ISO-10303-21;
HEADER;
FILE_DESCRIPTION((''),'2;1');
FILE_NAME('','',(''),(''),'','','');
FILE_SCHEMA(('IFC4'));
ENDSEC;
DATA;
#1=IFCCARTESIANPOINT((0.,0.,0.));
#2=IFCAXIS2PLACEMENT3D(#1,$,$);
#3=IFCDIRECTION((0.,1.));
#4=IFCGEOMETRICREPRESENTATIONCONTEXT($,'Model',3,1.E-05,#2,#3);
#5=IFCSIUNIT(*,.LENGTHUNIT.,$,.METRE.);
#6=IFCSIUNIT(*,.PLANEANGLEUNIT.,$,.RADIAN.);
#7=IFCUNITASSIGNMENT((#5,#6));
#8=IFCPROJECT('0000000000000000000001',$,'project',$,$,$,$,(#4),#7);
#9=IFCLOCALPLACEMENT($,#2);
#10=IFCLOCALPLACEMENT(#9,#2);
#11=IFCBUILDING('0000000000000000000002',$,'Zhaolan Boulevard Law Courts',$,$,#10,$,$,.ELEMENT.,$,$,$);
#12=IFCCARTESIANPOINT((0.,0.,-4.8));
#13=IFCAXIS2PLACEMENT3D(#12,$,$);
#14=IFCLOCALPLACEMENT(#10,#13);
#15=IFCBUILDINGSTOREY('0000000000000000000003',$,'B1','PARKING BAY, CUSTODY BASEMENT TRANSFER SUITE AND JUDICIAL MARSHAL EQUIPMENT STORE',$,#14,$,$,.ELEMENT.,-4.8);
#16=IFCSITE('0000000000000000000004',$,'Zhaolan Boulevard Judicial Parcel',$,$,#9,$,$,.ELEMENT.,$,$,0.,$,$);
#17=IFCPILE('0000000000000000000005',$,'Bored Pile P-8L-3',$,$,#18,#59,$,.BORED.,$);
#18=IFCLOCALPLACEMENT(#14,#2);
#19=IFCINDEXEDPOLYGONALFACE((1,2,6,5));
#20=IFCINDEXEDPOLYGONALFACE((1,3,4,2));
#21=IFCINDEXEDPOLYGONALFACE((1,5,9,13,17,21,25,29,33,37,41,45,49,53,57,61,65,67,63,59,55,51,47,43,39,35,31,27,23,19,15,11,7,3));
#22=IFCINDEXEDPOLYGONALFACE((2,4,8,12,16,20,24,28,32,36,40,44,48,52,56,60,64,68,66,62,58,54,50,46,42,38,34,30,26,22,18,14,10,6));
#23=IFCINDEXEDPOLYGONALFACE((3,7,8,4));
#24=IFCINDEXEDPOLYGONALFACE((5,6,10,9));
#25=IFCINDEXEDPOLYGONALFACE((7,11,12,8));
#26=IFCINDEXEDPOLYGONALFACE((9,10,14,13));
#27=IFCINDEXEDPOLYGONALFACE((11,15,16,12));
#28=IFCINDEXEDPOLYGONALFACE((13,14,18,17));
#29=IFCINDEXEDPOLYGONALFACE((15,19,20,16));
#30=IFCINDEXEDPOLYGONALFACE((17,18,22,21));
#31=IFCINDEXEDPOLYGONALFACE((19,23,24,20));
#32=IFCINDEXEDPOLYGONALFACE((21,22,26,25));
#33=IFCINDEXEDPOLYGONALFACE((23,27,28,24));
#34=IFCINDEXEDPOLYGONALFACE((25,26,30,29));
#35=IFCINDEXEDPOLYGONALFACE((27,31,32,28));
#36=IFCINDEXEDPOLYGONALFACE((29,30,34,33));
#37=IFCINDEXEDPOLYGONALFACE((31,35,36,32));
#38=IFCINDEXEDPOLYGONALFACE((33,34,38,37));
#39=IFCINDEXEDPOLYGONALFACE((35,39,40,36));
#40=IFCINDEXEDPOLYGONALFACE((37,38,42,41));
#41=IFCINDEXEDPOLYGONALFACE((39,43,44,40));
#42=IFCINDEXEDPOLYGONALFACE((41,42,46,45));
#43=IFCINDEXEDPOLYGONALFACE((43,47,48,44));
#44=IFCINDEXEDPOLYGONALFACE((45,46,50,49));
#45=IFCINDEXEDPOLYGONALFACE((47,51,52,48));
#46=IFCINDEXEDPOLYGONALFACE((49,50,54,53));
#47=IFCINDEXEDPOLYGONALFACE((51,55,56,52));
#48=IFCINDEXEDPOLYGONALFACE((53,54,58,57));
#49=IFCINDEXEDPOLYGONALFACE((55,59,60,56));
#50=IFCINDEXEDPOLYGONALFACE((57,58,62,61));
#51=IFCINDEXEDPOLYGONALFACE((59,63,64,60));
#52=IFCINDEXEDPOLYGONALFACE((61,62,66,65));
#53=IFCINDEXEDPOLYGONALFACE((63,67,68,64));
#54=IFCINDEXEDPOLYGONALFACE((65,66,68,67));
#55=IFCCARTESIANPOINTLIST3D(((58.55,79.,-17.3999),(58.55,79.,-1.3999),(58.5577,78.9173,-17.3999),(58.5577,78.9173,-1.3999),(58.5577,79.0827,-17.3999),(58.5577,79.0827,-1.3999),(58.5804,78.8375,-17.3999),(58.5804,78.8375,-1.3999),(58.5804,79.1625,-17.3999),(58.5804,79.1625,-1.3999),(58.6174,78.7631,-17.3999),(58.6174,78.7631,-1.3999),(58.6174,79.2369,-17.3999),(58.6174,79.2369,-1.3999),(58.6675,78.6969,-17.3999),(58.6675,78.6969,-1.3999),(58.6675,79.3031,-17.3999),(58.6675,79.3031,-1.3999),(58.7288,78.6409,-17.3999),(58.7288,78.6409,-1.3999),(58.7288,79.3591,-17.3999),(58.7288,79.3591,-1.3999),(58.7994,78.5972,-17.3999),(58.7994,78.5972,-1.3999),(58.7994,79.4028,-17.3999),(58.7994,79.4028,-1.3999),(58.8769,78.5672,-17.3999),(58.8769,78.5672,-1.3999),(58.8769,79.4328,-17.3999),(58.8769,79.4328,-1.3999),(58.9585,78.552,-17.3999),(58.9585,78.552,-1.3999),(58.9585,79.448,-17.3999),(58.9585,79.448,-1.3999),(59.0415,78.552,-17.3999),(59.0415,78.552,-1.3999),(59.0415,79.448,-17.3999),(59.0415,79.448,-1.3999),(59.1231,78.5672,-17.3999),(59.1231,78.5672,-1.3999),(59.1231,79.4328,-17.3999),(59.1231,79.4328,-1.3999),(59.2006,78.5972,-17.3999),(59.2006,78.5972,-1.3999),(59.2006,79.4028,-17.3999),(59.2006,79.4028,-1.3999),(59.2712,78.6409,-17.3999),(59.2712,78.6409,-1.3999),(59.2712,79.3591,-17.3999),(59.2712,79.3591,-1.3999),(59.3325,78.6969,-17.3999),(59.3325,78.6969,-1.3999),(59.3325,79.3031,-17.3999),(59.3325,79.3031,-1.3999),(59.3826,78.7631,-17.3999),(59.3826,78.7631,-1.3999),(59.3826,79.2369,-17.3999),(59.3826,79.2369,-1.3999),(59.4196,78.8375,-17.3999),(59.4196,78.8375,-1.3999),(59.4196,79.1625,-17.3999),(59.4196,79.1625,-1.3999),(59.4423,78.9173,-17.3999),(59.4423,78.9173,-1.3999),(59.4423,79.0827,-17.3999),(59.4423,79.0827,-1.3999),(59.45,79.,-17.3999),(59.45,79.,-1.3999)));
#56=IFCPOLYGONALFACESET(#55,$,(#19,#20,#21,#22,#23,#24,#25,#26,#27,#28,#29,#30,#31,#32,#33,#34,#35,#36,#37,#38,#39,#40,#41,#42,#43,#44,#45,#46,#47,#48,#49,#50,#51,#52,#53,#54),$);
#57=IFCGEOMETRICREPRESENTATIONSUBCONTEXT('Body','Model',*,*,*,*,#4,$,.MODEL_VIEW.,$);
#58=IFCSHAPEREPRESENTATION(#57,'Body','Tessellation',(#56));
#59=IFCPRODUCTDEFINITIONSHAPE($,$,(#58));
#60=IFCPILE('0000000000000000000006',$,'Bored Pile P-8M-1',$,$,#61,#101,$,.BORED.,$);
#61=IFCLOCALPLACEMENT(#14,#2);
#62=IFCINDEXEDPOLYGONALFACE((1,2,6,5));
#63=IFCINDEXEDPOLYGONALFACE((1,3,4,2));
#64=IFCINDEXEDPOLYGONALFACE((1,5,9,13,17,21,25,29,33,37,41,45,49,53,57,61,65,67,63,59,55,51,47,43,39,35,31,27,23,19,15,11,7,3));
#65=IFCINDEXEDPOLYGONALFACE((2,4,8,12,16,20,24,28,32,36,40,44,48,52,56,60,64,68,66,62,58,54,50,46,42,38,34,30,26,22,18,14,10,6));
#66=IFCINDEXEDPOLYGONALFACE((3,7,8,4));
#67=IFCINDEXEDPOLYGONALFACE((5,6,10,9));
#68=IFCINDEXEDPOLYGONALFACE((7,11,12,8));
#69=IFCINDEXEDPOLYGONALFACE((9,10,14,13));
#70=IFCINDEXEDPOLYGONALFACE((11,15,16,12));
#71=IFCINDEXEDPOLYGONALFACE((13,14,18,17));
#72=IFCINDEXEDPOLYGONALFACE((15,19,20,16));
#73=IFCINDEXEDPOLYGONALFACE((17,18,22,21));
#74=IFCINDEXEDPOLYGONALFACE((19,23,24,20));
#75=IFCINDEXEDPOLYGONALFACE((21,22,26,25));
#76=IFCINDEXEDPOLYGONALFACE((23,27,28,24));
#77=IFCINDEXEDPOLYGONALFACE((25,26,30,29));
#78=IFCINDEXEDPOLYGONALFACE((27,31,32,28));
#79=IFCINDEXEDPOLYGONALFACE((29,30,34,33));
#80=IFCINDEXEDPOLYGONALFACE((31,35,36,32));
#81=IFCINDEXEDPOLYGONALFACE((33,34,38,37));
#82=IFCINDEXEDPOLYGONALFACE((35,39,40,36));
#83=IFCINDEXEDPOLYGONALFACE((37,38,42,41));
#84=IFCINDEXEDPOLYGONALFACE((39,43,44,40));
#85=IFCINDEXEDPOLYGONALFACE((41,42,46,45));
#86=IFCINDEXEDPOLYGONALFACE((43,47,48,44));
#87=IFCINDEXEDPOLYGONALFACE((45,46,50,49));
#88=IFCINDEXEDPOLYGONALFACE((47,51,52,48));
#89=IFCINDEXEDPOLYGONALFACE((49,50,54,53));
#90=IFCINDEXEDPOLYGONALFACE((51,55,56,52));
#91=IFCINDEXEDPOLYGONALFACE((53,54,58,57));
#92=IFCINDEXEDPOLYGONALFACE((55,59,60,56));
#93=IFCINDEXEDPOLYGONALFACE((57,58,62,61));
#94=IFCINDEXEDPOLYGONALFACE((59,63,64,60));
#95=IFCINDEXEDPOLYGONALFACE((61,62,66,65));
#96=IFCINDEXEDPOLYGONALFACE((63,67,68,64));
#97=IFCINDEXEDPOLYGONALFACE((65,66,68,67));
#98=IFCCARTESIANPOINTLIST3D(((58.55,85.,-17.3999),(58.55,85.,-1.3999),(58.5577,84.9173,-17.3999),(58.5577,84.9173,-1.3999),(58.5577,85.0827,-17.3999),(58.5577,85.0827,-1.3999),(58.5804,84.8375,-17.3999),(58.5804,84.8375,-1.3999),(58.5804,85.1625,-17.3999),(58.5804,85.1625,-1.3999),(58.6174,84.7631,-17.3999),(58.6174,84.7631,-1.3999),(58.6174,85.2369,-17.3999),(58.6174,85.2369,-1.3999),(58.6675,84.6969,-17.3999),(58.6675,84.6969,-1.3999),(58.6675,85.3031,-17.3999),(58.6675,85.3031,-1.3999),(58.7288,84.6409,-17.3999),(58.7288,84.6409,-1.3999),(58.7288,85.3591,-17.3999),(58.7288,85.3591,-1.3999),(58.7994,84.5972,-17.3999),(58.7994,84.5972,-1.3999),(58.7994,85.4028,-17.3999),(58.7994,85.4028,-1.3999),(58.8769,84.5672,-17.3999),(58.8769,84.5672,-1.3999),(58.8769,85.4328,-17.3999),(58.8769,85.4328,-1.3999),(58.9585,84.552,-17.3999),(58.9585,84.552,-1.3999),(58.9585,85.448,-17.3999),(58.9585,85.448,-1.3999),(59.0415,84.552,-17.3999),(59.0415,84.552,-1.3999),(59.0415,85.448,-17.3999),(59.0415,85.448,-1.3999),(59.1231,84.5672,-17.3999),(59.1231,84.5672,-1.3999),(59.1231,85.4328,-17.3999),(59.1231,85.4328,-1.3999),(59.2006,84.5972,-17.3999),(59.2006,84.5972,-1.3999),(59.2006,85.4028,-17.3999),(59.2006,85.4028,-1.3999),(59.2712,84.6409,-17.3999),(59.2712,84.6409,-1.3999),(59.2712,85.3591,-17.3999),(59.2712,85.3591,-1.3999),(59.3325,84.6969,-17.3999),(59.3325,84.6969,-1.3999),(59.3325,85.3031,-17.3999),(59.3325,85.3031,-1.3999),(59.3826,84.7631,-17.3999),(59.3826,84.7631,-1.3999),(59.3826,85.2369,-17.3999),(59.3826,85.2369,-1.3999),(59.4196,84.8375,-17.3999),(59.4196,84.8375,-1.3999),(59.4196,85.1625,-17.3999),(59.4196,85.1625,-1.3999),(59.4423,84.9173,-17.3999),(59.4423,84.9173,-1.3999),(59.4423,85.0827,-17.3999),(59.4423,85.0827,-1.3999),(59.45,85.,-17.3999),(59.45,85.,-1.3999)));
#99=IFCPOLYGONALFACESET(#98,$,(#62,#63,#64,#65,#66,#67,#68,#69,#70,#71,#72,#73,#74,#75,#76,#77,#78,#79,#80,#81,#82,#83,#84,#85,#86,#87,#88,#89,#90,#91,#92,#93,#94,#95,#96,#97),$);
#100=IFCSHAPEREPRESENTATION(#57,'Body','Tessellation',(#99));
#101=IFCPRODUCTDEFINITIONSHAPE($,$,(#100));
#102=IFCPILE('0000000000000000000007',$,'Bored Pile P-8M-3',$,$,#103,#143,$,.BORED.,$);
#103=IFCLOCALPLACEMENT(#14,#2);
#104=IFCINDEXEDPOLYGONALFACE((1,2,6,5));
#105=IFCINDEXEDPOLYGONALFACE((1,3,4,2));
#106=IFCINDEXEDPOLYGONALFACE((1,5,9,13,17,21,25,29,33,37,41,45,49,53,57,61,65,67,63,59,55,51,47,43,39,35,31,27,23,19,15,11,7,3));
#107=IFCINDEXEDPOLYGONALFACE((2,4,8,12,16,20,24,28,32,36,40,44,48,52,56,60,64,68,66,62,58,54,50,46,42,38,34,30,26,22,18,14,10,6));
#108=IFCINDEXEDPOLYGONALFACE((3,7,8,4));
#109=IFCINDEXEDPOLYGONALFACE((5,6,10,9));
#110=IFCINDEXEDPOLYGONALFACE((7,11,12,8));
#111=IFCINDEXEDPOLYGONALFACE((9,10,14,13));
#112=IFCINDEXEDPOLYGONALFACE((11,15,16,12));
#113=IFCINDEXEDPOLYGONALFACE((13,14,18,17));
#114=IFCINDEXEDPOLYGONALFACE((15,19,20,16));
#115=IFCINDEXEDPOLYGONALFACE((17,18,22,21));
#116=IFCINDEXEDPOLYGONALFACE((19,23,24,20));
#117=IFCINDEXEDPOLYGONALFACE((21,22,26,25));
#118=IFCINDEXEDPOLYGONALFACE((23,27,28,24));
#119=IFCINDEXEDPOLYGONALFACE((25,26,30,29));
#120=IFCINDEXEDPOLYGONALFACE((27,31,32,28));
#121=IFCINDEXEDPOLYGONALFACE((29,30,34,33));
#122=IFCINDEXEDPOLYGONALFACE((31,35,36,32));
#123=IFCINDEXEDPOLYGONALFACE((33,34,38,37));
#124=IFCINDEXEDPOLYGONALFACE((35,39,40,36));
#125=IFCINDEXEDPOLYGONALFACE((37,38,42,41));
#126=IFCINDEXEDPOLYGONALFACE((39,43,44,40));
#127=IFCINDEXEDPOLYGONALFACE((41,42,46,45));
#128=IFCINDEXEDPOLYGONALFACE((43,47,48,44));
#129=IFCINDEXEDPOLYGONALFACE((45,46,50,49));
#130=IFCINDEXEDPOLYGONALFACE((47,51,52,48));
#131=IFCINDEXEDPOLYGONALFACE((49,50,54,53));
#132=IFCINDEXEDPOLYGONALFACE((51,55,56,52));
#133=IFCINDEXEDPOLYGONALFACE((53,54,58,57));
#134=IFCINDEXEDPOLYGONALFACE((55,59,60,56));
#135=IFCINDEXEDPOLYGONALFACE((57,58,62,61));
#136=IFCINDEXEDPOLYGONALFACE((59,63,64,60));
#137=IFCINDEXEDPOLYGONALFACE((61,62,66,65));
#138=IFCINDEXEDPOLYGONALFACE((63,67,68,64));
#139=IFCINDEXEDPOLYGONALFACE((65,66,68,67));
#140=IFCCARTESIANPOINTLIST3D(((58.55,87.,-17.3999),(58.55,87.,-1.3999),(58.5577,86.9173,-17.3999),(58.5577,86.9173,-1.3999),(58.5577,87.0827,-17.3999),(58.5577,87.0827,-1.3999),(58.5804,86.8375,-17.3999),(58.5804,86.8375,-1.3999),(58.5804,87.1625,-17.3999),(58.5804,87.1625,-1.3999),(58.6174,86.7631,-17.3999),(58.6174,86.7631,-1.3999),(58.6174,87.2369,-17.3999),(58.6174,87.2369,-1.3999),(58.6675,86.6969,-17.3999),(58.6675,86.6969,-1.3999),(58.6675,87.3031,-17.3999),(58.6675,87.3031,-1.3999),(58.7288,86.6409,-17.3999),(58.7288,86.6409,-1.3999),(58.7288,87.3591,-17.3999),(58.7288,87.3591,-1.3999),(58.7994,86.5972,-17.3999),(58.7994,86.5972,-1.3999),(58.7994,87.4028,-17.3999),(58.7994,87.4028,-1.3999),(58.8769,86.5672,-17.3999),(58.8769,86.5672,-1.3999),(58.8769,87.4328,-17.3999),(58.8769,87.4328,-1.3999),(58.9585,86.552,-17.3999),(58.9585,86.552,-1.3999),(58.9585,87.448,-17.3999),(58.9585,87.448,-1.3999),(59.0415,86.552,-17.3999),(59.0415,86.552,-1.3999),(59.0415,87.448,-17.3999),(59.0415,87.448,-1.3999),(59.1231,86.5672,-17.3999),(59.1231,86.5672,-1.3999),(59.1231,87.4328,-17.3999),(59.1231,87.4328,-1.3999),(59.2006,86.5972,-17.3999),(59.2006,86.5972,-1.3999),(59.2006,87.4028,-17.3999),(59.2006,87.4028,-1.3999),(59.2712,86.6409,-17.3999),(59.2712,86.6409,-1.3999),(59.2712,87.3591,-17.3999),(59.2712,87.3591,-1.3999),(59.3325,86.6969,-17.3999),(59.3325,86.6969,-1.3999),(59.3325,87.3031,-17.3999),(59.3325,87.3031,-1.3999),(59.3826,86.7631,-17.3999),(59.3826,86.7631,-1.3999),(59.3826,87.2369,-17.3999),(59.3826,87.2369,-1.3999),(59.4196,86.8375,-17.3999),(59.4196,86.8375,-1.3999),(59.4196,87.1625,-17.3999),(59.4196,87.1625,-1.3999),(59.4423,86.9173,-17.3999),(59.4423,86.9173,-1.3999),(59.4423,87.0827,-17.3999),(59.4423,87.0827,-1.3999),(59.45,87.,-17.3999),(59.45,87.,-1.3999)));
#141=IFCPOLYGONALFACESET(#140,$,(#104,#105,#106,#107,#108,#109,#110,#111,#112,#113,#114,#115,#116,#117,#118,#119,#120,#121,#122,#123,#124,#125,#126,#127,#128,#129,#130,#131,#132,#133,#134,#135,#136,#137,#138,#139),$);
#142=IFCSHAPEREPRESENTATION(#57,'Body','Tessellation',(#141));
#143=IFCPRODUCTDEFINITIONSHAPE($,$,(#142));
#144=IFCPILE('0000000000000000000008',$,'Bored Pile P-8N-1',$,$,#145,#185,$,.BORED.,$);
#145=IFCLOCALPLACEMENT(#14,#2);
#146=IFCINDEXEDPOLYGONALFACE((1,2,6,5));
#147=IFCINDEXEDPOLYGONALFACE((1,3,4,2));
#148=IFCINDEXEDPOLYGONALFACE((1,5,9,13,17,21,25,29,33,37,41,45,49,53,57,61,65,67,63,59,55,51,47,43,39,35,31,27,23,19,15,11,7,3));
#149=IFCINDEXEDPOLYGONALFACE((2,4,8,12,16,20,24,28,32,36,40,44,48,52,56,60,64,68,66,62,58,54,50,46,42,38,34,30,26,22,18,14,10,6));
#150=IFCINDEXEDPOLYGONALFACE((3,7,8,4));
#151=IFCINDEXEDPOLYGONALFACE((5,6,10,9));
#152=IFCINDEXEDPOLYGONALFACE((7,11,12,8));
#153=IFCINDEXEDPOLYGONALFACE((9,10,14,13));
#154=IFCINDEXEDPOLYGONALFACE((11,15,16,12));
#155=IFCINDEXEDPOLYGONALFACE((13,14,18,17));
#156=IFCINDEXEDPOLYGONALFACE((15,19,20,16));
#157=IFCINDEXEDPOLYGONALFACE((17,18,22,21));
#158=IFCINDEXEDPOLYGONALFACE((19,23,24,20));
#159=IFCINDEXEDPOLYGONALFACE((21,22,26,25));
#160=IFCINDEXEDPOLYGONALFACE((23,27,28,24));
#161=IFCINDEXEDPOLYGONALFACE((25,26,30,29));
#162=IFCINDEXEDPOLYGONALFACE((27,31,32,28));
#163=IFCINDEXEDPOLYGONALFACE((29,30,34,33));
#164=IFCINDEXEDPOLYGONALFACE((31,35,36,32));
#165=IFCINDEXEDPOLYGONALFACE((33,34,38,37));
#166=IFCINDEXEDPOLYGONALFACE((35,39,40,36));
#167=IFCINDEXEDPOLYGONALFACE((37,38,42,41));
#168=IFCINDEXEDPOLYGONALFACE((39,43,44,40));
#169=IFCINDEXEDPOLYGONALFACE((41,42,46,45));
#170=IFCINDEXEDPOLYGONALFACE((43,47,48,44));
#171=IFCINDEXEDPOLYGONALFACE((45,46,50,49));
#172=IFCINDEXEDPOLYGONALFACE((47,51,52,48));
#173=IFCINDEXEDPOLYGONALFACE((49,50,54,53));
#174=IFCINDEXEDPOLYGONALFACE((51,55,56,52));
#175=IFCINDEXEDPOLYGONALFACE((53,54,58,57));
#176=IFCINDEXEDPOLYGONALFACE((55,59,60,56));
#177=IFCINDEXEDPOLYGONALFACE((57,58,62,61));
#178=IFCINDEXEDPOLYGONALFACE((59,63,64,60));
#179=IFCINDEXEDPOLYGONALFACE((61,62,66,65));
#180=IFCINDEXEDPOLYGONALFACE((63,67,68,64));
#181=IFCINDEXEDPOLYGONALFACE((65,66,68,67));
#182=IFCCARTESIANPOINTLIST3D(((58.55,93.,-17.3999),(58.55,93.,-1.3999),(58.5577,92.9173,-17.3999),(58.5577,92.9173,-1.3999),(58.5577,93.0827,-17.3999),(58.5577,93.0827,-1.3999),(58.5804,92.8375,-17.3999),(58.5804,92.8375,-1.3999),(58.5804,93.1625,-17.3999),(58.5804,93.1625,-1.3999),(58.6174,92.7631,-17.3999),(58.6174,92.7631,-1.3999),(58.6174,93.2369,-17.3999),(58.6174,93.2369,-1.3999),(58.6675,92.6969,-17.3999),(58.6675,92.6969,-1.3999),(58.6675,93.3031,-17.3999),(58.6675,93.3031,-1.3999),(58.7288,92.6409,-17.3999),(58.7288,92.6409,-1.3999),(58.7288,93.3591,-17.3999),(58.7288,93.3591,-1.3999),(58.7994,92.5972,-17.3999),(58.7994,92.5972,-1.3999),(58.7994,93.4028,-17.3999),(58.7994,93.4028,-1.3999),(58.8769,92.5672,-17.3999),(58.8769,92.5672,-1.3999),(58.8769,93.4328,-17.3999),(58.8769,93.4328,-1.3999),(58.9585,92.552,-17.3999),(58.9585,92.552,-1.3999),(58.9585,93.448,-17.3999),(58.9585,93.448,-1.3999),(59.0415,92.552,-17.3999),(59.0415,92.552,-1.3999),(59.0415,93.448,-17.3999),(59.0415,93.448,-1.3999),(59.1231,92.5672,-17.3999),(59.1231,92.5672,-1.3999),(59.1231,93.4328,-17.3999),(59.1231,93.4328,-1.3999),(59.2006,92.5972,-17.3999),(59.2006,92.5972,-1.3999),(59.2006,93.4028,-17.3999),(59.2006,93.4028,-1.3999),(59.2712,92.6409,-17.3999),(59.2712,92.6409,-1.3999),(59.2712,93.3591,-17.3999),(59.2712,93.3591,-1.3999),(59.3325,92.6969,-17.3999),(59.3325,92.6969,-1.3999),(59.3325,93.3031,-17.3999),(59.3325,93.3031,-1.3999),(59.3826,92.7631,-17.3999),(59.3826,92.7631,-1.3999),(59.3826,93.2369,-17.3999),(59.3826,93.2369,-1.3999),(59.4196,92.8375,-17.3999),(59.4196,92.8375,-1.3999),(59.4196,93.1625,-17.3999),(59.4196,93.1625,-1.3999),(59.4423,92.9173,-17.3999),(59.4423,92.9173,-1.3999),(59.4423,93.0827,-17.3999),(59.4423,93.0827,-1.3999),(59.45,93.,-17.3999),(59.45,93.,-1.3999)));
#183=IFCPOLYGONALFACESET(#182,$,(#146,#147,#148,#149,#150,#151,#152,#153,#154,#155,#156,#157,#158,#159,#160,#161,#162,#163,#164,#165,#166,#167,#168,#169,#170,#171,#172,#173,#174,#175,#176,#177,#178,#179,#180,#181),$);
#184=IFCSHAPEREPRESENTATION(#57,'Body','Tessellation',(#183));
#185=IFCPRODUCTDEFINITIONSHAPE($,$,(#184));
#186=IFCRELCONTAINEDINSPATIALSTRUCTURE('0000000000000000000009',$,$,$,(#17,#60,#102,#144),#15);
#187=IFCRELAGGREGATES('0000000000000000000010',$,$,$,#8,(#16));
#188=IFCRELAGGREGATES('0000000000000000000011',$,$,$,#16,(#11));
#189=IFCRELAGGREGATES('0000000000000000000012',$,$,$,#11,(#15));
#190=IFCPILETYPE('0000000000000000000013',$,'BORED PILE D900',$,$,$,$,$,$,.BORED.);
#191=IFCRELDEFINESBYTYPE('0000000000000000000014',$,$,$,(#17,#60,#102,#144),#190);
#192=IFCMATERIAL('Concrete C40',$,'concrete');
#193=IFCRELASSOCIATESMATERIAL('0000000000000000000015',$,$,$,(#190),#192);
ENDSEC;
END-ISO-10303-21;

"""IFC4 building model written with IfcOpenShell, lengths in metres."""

from ifc_helpers import new_model, si_unit, direction, frame, origin, origin_2d, place, context, subcontext, project, spatial, circle, extrude, material, material_profile, profile_set, type_object, element, save


model = new_model("IFC4")

# Units and contexts
model_context = context("Model", 3, precision=1e-05, world=origin(), true_north=direction((0.0, 1.0)))
body_context = subcontext(model_context, "Body", "Model", "MODEL_VIEW")
ifc_project = project(units=[si_unit("LENGTHUNIT", "METRE"), si_unit("PLANEANGLEUNIT", "RADIAN")], contexts=[model_context])

# Site, building, storey
site_placement = place(None, origin())
site = spatial("IfcSite", under=ifc_project, at=site_placement, Name="Zhaolan Boulevard Judicial Parcel", CompositionType="ELEMENT", RefElevation=0.0)
building_placement = place(site_placement, origin())
building = spatial("IfcBuilding", under=site, at=building_placement, Name="Zhaolan Boulevard Law Courts", CompositionType="ELEMENT")
storey_placement = place(building_placement, frame((0.0, 0.0, -4.8)))
storey = spatial("IfcBuildingStorey", under=building, at=storey_placement, Name="B1", Description="PARKING BAY, CUSTODY BASEMENT TRANSFER SUITE AND JUDICIAL MARSHAL EQUIPMENT STORE", CompositionType="ELEMENT", Elevation=-4.8)

# Piles
ifc_material_1 = material(Name="Concrete C40", Category="concrete")
ifc_material_profile_1 = material_profile(ifc_material_1, circle(Radius=0.45, at=origin_2d()), Name="PILE-D900")
ifc_profile_set_1 = profile_set([ifc_material_profile_1], Name="Concrete C40")
pile_type = type_object("IfcPileType", Name="BORED PILE D900", PredefinedType="BORED", material=ifc_profile_set_1)
for number, where, z_axis, x_axis, name in (
    (1, (59.0, 79.0, -1.3999), (0.0, 0.0, -1.0), (1.0, 0.0, 0.0), "Bored Pile P-8L-3"),
    (2, (59.0, 85.0, -1.3999), (0.0, 0.0, -1.0), (1.0, 0.0, 0.0), "Bored Pile P-8M-1"),
    (3, (59.0, 87.0, -1.3999), (0.0, 0.0, -1.0), (1.0, 0.0, 0.0), "Bored Pile P-8M-3"),
    (4, (59.0, 93.0, -1.3999), (0.0, 0.0, -1.0), (1.0, 0.0, 0.0), "Bored Pile P-8N-1"),
):
    element("IfcPile", number, at=place(storey_placement, frame(where, z_axis=z_axis, x_axis=x_axis)), inside=storey, type_object=pile_type, Name=name, PredefinedType="BORED", context=body_context, shape_type="SweptSolid", body=[
        extrude(circle(Radius=0.45, at=origin_2d()), origin(), (0.0, 0.0, 1.0), 16.0),
    ])

save(model, "model.ifc")
